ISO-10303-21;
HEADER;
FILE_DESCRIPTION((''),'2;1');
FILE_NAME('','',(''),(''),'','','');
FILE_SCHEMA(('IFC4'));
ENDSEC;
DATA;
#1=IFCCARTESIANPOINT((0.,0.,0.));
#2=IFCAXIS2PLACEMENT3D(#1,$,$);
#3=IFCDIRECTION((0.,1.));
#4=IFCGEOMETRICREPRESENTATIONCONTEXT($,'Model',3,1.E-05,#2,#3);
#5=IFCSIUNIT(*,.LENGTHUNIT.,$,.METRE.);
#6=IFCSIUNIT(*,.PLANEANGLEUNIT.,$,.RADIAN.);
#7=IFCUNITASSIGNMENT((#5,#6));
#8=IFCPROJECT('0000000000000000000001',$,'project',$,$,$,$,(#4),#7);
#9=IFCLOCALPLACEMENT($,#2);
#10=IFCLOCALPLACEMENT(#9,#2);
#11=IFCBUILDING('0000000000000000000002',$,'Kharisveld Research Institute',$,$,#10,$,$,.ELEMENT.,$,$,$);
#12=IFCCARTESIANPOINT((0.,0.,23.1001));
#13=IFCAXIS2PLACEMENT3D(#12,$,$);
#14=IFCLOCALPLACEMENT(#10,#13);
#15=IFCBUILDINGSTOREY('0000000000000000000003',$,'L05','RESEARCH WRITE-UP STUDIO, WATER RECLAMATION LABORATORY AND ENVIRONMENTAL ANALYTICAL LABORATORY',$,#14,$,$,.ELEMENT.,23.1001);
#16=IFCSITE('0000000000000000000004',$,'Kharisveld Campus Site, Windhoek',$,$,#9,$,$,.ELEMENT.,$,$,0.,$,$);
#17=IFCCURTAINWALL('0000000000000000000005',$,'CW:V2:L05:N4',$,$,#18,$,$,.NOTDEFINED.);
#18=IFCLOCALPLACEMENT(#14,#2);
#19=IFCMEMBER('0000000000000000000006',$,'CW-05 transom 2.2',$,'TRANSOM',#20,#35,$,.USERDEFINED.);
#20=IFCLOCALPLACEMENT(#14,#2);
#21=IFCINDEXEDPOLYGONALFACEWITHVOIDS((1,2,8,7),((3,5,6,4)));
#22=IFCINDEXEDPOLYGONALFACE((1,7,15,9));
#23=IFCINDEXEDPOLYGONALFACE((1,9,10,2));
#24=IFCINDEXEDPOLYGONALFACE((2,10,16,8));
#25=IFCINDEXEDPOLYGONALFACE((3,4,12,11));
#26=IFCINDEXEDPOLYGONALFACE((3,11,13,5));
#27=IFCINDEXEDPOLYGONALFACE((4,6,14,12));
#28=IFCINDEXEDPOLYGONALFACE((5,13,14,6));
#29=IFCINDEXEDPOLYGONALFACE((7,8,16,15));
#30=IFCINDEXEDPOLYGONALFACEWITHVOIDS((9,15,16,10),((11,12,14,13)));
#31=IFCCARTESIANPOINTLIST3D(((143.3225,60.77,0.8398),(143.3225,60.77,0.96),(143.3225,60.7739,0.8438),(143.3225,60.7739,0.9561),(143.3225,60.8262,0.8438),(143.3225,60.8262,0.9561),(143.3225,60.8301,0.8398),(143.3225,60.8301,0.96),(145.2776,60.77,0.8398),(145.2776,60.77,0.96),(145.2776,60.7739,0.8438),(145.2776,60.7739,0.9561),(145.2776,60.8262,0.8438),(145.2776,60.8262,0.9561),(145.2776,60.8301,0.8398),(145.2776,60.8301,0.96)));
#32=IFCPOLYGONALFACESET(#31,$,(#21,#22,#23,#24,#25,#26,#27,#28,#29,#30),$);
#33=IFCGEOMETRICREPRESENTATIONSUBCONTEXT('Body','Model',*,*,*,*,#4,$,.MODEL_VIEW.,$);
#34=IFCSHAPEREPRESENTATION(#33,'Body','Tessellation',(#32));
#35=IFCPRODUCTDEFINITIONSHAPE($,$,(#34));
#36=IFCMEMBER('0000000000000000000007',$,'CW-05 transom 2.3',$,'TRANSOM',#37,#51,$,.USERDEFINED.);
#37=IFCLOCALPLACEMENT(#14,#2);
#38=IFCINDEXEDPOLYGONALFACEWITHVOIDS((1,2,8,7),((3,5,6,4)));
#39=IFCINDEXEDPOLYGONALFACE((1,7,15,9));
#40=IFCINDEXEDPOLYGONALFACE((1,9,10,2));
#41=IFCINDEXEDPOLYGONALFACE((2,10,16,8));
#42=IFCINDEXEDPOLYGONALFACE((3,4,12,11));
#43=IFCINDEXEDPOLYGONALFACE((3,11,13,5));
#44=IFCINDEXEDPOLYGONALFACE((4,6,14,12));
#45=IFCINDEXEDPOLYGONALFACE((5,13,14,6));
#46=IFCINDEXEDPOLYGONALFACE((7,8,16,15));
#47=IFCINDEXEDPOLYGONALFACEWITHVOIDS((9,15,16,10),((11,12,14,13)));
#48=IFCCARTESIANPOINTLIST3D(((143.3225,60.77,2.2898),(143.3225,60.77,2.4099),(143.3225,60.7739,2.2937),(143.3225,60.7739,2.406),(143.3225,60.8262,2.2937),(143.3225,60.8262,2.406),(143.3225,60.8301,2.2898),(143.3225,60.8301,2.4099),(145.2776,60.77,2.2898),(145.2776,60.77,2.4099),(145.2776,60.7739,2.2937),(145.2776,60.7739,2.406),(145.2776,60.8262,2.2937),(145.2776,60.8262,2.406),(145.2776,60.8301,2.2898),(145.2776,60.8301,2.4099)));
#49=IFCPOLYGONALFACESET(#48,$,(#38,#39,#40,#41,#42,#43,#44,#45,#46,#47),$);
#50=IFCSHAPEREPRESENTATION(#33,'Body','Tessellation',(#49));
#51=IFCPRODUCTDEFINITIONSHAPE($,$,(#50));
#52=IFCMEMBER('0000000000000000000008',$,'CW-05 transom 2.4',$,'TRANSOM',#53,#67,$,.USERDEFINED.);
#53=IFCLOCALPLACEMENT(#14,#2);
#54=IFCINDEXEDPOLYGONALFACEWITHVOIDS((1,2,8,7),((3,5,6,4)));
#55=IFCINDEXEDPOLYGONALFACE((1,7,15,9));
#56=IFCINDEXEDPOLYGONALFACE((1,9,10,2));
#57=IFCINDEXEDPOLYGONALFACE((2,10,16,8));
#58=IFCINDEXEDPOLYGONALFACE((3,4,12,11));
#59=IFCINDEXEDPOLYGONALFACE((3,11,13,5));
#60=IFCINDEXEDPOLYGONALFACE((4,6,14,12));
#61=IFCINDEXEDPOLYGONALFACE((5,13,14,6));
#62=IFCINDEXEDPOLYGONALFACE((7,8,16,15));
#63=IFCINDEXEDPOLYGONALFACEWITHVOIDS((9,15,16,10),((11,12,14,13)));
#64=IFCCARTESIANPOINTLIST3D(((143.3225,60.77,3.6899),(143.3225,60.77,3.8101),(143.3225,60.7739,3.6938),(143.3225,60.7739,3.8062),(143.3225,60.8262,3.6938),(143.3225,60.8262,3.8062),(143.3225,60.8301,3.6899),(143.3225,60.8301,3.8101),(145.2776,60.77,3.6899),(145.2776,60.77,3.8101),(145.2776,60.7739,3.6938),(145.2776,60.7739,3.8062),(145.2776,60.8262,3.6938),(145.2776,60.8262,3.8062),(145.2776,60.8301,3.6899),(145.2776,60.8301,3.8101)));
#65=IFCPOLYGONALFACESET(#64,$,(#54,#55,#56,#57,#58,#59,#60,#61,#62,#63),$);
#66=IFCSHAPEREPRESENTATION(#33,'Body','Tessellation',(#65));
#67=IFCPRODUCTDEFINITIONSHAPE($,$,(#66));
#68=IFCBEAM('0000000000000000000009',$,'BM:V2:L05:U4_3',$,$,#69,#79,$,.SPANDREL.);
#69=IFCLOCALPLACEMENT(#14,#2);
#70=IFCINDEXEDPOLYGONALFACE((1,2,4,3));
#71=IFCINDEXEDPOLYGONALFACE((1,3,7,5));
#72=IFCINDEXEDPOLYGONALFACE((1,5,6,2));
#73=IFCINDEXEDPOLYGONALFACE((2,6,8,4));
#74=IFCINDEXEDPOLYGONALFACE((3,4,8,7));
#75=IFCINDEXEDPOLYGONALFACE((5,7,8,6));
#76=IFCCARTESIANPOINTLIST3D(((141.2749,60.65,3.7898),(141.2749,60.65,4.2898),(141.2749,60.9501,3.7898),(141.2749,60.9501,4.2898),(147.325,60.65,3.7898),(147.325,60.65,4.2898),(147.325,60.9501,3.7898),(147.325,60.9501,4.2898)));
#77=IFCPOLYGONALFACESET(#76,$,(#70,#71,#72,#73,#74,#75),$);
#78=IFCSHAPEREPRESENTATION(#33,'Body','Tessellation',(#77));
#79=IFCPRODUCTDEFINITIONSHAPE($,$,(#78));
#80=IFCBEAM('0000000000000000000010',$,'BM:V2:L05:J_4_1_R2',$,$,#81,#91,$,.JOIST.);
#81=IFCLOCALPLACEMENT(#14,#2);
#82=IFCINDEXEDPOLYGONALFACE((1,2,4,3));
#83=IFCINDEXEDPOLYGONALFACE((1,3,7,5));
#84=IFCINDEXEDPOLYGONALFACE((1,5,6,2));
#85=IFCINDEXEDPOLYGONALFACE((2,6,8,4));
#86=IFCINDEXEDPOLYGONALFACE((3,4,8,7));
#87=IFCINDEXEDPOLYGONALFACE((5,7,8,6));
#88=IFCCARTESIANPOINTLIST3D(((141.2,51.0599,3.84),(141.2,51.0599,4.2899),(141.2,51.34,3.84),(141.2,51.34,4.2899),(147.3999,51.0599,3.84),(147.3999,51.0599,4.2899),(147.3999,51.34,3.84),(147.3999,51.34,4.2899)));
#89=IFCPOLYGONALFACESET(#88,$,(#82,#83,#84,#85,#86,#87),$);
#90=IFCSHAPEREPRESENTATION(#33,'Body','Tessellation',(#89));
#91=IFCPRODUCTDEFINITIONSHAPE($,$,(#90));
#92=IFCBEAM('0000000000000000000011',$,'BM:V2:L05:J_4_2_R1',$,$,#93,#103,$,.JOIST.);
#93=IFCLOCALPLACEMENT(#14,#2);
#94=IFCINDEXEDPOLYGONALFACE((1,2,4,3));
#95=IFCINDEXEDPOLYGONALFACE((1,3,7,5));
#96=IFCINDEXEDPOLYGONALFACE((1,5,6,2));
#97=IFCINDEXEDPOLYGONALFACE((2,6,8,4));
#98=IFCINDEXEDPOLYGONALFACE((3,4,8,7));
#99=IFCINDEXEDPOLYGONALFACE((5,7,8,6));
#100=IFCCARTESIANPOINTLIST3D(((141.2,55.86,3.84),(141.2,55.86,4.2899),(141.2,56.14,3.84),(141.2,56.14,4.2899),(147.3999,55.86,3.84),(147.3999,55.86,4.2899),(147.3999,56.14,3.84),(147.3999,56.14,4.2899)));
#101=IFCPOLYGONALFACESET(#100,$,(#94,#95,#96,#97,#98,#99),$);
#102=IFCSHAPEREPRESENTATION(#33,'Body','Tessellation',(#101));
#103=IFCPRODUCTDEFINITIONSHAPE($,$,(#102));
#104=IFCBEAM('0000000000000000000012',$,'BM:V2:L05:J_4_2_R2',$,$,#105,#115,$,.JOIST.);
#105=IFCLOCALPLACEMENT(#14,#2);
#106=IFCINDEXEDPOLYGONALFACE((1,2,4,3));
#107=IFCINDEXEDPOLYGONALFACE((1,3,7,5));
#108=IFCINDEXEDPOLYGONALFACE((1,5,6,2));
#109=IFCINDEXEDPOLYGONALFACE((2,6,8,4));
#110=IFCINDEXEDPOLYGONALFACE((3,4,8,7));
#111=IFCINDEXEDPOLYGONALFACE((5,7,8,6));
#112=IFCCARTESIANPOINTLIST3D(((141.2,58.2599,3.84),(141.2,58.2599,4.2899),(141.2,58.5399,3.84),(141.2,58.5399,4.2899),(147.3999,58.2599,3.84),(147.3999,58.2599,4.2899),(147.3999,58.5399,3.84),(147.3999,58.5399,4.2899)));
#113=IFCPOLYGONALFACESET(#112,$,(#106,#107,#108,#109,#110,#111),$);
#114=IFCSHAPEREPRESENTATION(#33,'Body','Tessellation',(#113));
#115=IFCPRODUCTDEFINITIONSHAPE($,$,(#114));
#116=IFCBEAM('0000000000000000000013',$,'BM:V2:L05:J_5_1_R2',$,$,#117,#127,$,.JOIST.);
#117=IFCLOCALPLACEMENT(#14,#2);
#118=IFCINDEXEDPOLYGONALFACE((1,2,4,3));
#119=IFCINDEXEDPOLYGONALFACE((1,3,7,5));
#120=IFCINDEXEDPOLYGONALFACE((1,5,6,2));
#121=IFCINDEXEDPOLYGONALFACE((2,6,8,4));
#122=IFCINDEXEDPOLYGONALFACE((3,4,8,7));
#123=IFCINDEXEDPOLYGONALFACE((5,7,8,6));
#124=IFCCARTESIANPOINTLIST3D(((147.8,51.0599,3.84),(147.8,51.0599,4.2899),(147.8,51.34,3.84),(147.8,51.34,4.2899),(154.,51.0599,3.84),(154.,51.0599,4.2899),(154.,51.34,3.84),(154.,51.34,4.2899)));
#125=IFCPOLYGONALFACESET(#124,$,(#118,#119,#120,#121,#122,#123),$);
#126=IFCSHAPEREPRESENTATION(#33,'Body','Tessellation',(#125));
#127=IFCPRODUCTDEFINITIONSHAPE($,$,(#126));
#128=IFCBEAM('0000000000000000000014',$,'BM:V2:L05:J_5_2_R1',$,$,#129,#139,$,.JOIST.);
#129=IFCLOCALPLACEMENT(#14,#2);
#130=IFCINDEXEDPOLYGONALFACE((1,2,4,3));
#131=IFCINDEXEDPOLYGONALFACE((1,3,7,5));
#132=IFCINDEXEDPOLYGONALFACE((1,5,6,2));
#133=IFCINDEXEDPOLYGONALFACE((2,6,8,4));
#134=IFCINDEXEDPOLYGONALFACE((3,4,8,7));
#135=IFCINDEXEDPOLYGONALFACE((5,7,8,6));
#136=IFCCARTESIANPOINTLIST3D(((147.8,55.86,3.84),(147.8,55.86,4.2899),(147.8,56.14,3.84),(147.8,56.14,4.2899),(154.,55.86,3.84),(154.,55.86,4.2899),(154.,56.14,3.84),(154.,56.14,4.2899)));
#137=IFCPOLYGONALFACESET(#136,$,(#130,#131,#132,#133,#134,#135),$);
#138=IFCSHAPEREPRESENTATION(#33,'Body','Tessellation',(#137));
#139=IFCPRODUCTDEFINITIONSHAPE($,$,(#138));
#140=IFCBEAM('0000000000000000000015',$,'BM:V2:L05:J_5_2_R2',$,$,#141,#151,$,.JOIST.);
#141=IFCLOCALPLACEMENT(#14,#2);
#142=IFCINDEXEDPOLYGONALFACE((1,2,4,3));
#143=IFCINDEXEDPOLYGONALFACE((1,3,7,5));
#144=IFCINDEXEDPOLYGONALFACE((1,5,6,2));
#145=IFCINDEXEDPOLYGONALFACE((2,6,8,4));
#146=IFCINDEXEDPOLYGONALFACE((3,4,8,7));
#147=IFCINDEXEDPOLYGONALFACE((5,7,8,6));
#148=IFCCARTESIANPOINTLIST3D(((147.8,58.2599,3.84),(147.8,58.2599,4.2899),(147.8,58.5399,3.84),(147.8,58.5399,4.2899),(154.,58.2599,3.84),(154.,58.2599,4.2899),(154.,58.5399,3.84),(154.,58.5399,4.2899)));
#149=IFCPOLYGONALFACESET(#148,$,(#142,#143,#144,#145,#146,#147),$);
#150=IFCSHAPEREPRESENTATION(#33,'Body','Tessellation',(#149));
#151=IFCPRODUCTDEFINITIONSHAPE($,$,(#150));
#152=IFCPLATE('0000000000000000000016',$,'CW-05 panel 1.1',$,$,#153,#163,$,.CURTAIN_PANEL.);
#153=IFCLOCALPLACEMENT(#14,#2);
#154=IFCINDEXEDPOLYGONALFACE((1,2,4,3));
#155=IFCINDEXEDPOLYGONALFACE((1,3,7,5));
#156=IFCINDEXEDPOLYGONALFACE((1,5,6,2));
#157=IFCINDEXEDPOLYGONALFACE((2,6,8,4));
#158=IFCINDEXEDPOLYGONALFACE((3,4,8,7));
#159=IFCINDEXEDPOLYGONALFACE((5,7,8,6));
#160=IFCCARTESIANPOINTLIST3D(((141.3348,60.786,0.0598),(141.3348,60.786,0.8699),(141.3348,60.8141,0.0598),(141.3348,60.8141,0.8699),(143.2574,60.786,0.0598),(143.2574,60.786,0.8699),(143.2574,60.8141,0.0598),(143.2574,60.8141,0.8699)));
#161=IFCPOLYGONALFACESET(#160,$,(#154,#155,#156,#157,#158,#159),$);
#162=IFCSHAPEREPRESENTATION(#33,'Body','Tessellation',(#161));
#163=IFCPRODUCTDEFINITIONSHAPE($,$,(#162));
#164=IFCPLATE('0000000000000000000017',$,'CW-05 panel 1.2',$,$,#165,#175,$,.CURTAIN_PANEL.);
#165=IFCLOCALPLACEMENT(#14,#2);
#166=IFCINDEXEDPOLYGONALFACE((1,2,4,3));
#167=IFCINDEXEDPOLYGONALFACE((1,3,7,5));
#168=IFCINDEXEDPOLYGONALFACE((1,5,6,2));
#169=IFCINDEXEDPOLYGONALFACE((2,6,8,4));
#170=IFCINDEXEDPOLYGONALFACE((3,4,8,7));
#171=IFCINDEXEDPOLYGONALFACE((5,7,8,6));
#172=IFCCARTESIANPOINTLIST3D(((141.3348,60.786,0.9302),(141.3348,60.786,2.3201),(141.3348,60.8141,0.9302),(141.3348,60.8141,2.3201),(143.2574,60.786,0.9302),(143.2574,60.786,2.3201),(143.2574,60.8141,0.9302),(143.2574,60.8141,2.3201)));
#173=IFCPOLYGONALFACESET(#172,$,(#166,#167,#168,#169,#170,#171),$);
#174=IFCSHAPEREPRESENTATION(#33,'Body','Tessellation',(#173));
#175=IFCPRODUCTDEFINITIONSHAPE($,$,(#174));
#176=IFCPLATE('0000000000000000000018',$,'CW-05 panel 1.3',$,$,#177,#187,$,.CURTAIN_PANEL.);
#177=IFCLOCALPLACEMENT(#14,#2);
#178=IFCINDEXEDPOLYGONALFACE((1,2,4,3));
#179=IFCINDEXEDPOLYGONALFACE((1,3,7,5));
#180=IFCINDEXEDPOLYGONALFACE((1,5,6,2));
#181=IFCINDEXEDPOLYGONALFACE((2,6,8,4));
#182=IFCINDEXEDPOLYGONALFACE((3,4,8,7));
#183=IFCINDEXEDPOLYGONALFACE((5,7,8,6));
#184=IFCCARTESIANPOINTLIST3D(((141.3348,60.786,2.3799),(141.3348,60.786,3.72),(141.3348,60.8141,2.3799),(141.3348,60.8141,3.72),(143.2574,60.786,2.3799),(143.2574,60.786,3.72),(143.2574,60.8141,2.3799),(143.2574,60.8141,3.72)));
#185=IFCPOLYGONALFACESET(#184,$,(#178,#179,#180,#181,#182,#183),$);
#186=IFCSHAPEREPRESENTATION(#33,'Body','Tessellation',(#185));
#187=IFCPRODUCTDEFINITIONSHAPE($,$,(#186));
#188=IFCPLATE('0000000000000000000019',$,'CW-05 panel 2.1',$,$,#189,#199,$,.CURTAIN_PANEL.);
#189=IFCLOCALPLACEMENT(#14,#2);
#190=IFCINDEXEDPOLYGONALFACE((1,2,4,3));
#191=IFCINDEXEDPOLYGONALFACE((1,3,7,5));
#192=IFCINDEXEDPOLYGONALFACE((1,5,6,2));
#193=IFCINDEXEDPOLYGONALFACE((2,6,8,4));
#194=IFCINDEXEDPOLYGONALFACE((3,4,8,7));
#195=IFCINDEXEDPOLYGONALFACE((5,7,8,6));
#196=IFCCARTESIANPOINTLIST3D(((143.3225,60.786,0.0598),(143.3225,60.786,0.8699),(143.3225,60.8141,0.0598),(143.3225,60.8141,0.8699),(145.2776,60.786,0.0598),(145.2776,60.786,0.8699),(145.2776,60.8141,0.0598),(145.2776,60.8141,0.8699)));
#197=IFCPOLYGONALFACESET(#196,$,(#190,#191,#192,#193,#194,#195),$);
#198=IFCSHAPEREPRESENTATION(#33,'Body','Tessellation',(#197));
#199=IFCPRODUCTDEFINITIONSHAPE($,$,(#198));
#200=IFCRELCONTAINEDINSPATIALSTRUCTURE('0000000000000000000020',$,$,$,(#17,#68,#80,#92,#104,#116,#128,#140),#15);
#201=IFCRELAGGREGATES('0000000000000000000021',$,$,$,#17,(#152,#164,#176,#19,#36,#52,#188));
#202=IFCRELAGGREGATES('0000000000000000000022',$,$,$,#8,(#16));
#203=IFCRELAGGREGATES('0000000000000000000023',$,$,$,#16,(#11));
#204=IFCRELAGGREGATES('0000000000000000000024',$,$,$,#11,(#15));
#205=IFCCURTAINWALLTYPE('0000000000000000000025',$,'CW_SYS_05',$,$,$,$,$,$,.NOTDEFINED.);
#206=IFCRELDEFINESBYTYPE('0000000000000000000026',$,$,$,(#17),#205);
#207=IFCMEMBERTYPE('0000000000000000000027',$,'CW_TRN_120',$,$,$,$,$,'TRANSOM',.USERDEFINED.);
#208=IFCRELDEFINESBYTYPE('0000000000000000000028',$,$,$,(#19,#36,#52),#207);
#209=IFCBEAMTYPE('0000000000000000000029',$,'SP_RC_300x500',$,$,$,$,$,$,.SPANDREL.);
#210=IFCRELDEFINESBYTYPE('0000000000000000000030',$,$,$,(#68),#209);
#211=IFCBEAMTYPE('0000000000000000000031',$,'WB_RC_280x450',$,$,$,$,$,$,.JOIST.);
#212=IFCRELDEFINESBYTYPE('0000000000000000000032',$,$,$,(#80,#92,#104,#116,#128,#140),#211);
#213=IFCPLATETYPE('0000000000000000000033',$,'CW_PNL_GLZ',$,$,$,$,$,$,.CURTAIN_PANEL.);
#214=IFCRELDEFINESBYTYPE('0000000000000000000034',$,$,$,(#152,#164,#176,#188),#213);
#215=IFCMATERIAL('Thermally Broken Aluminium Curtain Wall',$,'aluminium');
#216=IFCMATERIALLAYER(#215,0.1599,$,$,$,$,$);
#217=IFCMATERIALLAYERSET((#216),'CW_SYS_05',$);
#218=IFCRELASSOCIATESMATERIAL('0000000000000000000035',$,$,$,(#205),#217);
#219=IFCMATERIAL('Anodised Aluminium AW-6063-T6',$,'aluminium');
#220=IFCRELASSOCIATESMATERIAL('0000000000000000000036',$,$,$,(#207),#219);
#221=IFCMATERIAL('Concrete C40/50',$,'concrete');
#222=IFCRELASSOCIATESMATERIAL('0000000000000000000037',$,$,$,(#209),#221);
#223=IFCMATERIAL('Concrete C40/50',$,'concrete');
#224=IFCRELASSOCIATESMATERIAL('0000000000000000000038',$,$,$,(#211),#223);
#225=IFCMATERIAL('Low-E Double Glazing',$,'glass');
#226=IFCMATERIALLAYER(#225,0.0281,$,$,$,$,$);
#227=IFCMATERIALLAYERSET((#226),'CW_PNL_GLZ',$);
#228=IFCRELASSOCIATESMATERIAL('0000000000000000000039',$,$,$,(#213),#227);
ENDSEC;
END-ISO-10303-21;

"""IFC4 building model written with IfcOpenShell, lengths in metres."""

from ifc_helpers import new_model, si_unit, direction, frame, origin, origin_2d, place, context, subcontext, project, spatial, rectangle, hollow_rectangle, extrude, material, layer, layer_set, material_profile, profile_set, type_object, element, aggregate, save


model = new_model("IFC4")

# Units and contexts
model_context = context("Model", 3, precision=1e-05, world=origin(), true_north=direction((0.0, 1.0)))
body_context = subcontext(model_context, "Body", "Model", "MODEL_VIEW")
ifc_project = project(units=[si_unit("LENGTHUNIT", "METRE"), si_unit("PLANEANGLEUNIT", "RADIAN")], contexts=[model_context])

# Site, building, storey
site_placement = place(None, origin())
site = spatial("IfcSite", under=ifc_project, at=site_placement, Name="Kharisveld Campus Site, Windhoek", CompositionType="ELEMENT", RefElevation=0.0)
building_placement = place(site_placement, origin())
building = spatial("IfcBuilding", under=site, at=building_placement, Name="Kharisveld Research Institute", CompositionType="ELEMENT")
storey_placement = place(building_placement, frame((0.0, 0.0, 23.1001)))
storey = spatial("IfcBuildingStorey", under=building, at=storey_placement, Name="L05", Description="RESEARCH WRITE-UP STUDIO, WATER RECLAMATION LABORATORY AND ENVIRONMENTAL ANALYTICAL LABORATORY", CompositionType="ELEMENT", Elevation=23.1001)

# Curtain wall, members
ifc_material_1 = material(Name="Thermally Broken Aluminium Curtain Wall", Category="aluminium")
ifc_layer_1 = layer(ifc_material_1, 0.1599)
ifc_layer_set_1 = layer_set([ifc_layer_1], Name="CW_SYS_05")
curtain_wall_type = type_object("IfcCurtainWallType", Name="CW_SYS_05", PredefinedType="NOTDEFINED", material=ifc_layer_set_1)
curtain_wall_placement = place(storey_placement, origin())
curtain_wall = element("IfcCurtainWall", 1, at=curtain_wall_placement, inside=storey, type_object=curtain_wall_type, Name="CW:V2:L05:N4", PredefinedType="NOTDEFINED")
ifc_material_2 = material(Name="Anodised Aluminium AW-6063-T6", Category="aluminium")
ifc_material_profile_1 = material_profile(ifc_material_2, hollow_rectangle(XDim=0.0601, YDim=0.1201, WallThickness=0.0039, at=origin_2d()))
ifc_profile_set_1 = profile_set([ifc_material_profile_1], Name="Anodised Aluminium AW-6063-T6")
member_type_1 = type_object("IfcMemberType", Name="CW_TRN_120", ElementType="TRANSOM", PredefinedType="USERDEFINED", material=ifc_profile_set_1)
member_1_placement = place(storey_placement, frame((143.3225, 60.8, 0.8999), z_axis=(1.0, 0.0, 0.0), x_axis=(0.0, 1.0, 0.0)))
member_1 = element("IfcMember", 2, at=member_1_placement, type_object=member_type_1, Name="CW-05 transom 2.2", ObjectType="TRANSOM", PredefinedType="USERDEFINED", context=body_context, shape_type="SweptSolid", body=[
    extrude(hollow_rectangle(XDim=0.0601, YDim=0.1201, WallThickness=0.0039, at=origin_2d()), origin(), (0.0, 0.0, 1.0), 1.9551),
])
member_2_placement = place(storey_placement, frame((143.3225, 60.8, 2.3499), z_axis=(1.0, 0.0, 0.0), x_axis=(0.0, 1.0, 0.0)))
member_2 = element("IfcMember", 3, at=member_2_placement, type_object=member_type_1, Name="CW-05 transom 2.3", ObjectType="TRANSOM", PredefinedType="USERDEFINED", context=body_context, shape_type="SweptSolid", body=[
    extrude(hollow_rectangle(XDim=0.0601, YDim=0.1201, WallThickness=0.0039, at=origin_2d()), origin(), (0.0, 0.0, 1.0), 1.9551),
])
member_3_placement = place(storey_placement, frame((143.3225, 60.8, 3.75), z_axis=(1.0, 0.0, 0.0), x_axis=(0.0, 1.0, 0.0)))
member_3 = element("IfcMember", 4, at=member_3_placement, type_object=member_type_1, Name="CW-05 transom 2.4", ObjectType="TRANSOM", PredefinedType="USERDEFINED", context=body_context, shape_type="SweptSolid", body=[
    extrude(hollow_rectangle(XDim=0.0601, YDim=0.1201, WallThickness=0.0039, at=origin_2d()), origin(), (0.0, 0.0, 1.0), 1.9551),
])

# Beams
ifc_material_3 = material(Name="Concrete C40/50", Category="concrete")
ifc_material_profile_2 = material_profile(ifc_material_3, rectangle(XDim=0.3, YDim=0.5, at=origin_2d()))
ifc_profile_set_2 = profile_set([ifc_material_profile_2], Name="Concrete C40/50")
beam_type_1 = type_object("IfcBeamType", Name="SP_RC_300x500", PredefinedType="SPANDREL", material=ifc_profile_set_2)
beam_1_placement = place(storey_placement, frame((141.2749, 60.8, 4.0398), z_axis=(1.0, 0.0, 0.0), x_axis=(0.0, 1.0, 0.0)))
element("IfcBeam", 5, at=beam_1_placement, inside=storey, type_object=beam_type_1, Name="BM:V2:L05:U4_3", PredefinedType="SPANDREL", context=body_context, shape_type="SweptSolid", body=[
    extrude(rectangle(XDim=0.3, YDim=0.5, at=origin_2d()), origin(), (0.0, 0.0, 1.0), 6.05),
])
ifc_material_4 = material(Name="Concrete C40/50", Category="concrete")
ifc_material_profile_3 = material_profile(ifc_material_4, rectangle(XDim=0.28, YDim=0.45, at=origin_2d()))
ifc_profile_set_3 = profile_set([ifc_material_profile_3], Name="Concrete C40/50")
beam_type_2 = type_object("IfcBeamType", Name="WB_RC_280x450", PredefinedType="JOIST", material=ifc_profile_set_3)
for number, where, z_axis, x_axis, name in (
    (6, (141.2, 51.2, 4.0649), (1.0, 0.0, 0.0), (0.0, 1.0, 0.0), "BM:V2:L05:J_4_1_R2"),
    (7, (141.2, 56.0, 4.0649), (1.0, 0.0, 0.0), (0.0, 1.0, 0.0), "BM:V2:L05:J_4_2_R1"),
    (8, (141.2, 58.3999, 4.0649), (1.0, 0.0, 0.0), (0.0, 1.0, 0.0), "BM:V2:L05:J_4_2_R2"),
    (9, (147.8, 51.2, 4.0649), (1.0, 0.0, 0.0), (0.0, 1.0, 0.0), "BM:V2:L05:J_5_1_R2"),
    (10, (147.8, 56.0, 4.0649), (1.0, 0.0, 0.0), (0.0, 1.0, 0.0), "BM:V2:L05:J_5_2_R1"),
    (11, (147.8, 58.3999, 4.0649), (1.0, 0.0, 0.0), (0.0, 1.0, 0.0), "BM:V2:L05:J_5_2_R2"),
):
    element("IfcBeam", number, at=place(storey_placement, frame(where, z_axis=z_axis, x_axis=x_axis)), inside=storey, type_object=beam_type_2, Name=name, PredefinedType="JOIST", context=body_context, shape_type="SweptSolid", body=[
        extrude(rectangle(XDim=0.28, YDim=0.45, at=origin_2d()), origin(), (0.0, 0.0, 1.0), 6.2),
    ])

# Plates
ifc_material_5 = material(Name="Low-E Double Glazing", Category="glass")
ifc_layer_2 = layer(ifc_material_5, 0.0281)
ifc_layer_set_2 = layer_set([ifc_layer_2], Name="CW_PNL_GLZ")
plate_type = type_object("IfcPlateType", Name="CW_PNL_GLZ", PredefinedType="CURTAIN_PANEL", material=ifc_layer_set_2)
plate_1_placement = place(storey_placement, frame((142.2961, 60.8, 0.0598), z_axis=(0.0, 0.0, 1.0), x_axis=(1.0, 0.0, 0.0)))
plate_1 = element("IfcPlate", 12, at=plate_1_placement, type_object=plate_type, Name="CW-05 panel 1.1", PredefinedType="CURTAIN_PANEL", context=body_context, shape_type="SweptSolid", body=[
    extrude(rectangle(XDim=1.9226, YDim=0.0281, at=origin_2d()), origin(), (0.0, 0.0, 1.0), 0.8101),
])
plate_2_placement = place(storey_placement, frame((142.2961, 60.8, 0.9302), z_axis=(0.0, 0.0, 1.0), x_axis=(1.0, 0.0, 0.0)))
plate_2 = element("IfcPlate", 13, at=plate_2_placement, type_object=plate_type, Name="CW-05 panel 1.2", PredefinedType="CURTAIN_PANEL", context=body_context, shape_type="SweptSolid", body=[
    extrude(rectangle(XDim=1.9226, YDim=0.0281, at=origin_2d()), origin(), (0.0, 0.0, 1.0), 1.3899),
])
plate_3_placement = place(storey_placement, frame((142.2961, 60.8, 2.3799), z_axis=(0.0, 0.0, 1.0), x_axis=(1.0, 0.0, 0.0)))
plate_3 = element("IfcPlate", 14, at=plate_3_placement, type_object=plate_type, Name="CW-05 panel 1.3", PredefinedType="CURTAIN_PANEL", context=body_context, shape_type="SweptSolid", body=[
    extrude(rectangle(XDim=1.9226, YDim=0.0281, at=origin_2d()), origin(), (0.0, 0.0, 1.0), 1.3401),
])
plate_4_placement = place(storey_placement, frame((144.3, 60.8, 0.0598), z_axis=(0.0, 0.0, 1.0), x_axis=(1.0, 0.0, 0.0)))
plate_4 = element("IfcPlate", 15, at=plate_4_placement, type_object=plate_type, Name="CW-05 panel 2.1", PredefinedType="CURTAIN_PANEL", context=body_context, shape_type="SweptSolid", body=[
    extrude(rectangle(XDim=1.9551, YDim=0.0281, at=origin_2d()), origin(), (0.0, 0.0, 1.0), 0.8101),
])
aggregate(curtain_wall, [plate_1, plate_2, plate_3, member_1, member_2, member_3, plate_4])

save(model, "model.ifc")
